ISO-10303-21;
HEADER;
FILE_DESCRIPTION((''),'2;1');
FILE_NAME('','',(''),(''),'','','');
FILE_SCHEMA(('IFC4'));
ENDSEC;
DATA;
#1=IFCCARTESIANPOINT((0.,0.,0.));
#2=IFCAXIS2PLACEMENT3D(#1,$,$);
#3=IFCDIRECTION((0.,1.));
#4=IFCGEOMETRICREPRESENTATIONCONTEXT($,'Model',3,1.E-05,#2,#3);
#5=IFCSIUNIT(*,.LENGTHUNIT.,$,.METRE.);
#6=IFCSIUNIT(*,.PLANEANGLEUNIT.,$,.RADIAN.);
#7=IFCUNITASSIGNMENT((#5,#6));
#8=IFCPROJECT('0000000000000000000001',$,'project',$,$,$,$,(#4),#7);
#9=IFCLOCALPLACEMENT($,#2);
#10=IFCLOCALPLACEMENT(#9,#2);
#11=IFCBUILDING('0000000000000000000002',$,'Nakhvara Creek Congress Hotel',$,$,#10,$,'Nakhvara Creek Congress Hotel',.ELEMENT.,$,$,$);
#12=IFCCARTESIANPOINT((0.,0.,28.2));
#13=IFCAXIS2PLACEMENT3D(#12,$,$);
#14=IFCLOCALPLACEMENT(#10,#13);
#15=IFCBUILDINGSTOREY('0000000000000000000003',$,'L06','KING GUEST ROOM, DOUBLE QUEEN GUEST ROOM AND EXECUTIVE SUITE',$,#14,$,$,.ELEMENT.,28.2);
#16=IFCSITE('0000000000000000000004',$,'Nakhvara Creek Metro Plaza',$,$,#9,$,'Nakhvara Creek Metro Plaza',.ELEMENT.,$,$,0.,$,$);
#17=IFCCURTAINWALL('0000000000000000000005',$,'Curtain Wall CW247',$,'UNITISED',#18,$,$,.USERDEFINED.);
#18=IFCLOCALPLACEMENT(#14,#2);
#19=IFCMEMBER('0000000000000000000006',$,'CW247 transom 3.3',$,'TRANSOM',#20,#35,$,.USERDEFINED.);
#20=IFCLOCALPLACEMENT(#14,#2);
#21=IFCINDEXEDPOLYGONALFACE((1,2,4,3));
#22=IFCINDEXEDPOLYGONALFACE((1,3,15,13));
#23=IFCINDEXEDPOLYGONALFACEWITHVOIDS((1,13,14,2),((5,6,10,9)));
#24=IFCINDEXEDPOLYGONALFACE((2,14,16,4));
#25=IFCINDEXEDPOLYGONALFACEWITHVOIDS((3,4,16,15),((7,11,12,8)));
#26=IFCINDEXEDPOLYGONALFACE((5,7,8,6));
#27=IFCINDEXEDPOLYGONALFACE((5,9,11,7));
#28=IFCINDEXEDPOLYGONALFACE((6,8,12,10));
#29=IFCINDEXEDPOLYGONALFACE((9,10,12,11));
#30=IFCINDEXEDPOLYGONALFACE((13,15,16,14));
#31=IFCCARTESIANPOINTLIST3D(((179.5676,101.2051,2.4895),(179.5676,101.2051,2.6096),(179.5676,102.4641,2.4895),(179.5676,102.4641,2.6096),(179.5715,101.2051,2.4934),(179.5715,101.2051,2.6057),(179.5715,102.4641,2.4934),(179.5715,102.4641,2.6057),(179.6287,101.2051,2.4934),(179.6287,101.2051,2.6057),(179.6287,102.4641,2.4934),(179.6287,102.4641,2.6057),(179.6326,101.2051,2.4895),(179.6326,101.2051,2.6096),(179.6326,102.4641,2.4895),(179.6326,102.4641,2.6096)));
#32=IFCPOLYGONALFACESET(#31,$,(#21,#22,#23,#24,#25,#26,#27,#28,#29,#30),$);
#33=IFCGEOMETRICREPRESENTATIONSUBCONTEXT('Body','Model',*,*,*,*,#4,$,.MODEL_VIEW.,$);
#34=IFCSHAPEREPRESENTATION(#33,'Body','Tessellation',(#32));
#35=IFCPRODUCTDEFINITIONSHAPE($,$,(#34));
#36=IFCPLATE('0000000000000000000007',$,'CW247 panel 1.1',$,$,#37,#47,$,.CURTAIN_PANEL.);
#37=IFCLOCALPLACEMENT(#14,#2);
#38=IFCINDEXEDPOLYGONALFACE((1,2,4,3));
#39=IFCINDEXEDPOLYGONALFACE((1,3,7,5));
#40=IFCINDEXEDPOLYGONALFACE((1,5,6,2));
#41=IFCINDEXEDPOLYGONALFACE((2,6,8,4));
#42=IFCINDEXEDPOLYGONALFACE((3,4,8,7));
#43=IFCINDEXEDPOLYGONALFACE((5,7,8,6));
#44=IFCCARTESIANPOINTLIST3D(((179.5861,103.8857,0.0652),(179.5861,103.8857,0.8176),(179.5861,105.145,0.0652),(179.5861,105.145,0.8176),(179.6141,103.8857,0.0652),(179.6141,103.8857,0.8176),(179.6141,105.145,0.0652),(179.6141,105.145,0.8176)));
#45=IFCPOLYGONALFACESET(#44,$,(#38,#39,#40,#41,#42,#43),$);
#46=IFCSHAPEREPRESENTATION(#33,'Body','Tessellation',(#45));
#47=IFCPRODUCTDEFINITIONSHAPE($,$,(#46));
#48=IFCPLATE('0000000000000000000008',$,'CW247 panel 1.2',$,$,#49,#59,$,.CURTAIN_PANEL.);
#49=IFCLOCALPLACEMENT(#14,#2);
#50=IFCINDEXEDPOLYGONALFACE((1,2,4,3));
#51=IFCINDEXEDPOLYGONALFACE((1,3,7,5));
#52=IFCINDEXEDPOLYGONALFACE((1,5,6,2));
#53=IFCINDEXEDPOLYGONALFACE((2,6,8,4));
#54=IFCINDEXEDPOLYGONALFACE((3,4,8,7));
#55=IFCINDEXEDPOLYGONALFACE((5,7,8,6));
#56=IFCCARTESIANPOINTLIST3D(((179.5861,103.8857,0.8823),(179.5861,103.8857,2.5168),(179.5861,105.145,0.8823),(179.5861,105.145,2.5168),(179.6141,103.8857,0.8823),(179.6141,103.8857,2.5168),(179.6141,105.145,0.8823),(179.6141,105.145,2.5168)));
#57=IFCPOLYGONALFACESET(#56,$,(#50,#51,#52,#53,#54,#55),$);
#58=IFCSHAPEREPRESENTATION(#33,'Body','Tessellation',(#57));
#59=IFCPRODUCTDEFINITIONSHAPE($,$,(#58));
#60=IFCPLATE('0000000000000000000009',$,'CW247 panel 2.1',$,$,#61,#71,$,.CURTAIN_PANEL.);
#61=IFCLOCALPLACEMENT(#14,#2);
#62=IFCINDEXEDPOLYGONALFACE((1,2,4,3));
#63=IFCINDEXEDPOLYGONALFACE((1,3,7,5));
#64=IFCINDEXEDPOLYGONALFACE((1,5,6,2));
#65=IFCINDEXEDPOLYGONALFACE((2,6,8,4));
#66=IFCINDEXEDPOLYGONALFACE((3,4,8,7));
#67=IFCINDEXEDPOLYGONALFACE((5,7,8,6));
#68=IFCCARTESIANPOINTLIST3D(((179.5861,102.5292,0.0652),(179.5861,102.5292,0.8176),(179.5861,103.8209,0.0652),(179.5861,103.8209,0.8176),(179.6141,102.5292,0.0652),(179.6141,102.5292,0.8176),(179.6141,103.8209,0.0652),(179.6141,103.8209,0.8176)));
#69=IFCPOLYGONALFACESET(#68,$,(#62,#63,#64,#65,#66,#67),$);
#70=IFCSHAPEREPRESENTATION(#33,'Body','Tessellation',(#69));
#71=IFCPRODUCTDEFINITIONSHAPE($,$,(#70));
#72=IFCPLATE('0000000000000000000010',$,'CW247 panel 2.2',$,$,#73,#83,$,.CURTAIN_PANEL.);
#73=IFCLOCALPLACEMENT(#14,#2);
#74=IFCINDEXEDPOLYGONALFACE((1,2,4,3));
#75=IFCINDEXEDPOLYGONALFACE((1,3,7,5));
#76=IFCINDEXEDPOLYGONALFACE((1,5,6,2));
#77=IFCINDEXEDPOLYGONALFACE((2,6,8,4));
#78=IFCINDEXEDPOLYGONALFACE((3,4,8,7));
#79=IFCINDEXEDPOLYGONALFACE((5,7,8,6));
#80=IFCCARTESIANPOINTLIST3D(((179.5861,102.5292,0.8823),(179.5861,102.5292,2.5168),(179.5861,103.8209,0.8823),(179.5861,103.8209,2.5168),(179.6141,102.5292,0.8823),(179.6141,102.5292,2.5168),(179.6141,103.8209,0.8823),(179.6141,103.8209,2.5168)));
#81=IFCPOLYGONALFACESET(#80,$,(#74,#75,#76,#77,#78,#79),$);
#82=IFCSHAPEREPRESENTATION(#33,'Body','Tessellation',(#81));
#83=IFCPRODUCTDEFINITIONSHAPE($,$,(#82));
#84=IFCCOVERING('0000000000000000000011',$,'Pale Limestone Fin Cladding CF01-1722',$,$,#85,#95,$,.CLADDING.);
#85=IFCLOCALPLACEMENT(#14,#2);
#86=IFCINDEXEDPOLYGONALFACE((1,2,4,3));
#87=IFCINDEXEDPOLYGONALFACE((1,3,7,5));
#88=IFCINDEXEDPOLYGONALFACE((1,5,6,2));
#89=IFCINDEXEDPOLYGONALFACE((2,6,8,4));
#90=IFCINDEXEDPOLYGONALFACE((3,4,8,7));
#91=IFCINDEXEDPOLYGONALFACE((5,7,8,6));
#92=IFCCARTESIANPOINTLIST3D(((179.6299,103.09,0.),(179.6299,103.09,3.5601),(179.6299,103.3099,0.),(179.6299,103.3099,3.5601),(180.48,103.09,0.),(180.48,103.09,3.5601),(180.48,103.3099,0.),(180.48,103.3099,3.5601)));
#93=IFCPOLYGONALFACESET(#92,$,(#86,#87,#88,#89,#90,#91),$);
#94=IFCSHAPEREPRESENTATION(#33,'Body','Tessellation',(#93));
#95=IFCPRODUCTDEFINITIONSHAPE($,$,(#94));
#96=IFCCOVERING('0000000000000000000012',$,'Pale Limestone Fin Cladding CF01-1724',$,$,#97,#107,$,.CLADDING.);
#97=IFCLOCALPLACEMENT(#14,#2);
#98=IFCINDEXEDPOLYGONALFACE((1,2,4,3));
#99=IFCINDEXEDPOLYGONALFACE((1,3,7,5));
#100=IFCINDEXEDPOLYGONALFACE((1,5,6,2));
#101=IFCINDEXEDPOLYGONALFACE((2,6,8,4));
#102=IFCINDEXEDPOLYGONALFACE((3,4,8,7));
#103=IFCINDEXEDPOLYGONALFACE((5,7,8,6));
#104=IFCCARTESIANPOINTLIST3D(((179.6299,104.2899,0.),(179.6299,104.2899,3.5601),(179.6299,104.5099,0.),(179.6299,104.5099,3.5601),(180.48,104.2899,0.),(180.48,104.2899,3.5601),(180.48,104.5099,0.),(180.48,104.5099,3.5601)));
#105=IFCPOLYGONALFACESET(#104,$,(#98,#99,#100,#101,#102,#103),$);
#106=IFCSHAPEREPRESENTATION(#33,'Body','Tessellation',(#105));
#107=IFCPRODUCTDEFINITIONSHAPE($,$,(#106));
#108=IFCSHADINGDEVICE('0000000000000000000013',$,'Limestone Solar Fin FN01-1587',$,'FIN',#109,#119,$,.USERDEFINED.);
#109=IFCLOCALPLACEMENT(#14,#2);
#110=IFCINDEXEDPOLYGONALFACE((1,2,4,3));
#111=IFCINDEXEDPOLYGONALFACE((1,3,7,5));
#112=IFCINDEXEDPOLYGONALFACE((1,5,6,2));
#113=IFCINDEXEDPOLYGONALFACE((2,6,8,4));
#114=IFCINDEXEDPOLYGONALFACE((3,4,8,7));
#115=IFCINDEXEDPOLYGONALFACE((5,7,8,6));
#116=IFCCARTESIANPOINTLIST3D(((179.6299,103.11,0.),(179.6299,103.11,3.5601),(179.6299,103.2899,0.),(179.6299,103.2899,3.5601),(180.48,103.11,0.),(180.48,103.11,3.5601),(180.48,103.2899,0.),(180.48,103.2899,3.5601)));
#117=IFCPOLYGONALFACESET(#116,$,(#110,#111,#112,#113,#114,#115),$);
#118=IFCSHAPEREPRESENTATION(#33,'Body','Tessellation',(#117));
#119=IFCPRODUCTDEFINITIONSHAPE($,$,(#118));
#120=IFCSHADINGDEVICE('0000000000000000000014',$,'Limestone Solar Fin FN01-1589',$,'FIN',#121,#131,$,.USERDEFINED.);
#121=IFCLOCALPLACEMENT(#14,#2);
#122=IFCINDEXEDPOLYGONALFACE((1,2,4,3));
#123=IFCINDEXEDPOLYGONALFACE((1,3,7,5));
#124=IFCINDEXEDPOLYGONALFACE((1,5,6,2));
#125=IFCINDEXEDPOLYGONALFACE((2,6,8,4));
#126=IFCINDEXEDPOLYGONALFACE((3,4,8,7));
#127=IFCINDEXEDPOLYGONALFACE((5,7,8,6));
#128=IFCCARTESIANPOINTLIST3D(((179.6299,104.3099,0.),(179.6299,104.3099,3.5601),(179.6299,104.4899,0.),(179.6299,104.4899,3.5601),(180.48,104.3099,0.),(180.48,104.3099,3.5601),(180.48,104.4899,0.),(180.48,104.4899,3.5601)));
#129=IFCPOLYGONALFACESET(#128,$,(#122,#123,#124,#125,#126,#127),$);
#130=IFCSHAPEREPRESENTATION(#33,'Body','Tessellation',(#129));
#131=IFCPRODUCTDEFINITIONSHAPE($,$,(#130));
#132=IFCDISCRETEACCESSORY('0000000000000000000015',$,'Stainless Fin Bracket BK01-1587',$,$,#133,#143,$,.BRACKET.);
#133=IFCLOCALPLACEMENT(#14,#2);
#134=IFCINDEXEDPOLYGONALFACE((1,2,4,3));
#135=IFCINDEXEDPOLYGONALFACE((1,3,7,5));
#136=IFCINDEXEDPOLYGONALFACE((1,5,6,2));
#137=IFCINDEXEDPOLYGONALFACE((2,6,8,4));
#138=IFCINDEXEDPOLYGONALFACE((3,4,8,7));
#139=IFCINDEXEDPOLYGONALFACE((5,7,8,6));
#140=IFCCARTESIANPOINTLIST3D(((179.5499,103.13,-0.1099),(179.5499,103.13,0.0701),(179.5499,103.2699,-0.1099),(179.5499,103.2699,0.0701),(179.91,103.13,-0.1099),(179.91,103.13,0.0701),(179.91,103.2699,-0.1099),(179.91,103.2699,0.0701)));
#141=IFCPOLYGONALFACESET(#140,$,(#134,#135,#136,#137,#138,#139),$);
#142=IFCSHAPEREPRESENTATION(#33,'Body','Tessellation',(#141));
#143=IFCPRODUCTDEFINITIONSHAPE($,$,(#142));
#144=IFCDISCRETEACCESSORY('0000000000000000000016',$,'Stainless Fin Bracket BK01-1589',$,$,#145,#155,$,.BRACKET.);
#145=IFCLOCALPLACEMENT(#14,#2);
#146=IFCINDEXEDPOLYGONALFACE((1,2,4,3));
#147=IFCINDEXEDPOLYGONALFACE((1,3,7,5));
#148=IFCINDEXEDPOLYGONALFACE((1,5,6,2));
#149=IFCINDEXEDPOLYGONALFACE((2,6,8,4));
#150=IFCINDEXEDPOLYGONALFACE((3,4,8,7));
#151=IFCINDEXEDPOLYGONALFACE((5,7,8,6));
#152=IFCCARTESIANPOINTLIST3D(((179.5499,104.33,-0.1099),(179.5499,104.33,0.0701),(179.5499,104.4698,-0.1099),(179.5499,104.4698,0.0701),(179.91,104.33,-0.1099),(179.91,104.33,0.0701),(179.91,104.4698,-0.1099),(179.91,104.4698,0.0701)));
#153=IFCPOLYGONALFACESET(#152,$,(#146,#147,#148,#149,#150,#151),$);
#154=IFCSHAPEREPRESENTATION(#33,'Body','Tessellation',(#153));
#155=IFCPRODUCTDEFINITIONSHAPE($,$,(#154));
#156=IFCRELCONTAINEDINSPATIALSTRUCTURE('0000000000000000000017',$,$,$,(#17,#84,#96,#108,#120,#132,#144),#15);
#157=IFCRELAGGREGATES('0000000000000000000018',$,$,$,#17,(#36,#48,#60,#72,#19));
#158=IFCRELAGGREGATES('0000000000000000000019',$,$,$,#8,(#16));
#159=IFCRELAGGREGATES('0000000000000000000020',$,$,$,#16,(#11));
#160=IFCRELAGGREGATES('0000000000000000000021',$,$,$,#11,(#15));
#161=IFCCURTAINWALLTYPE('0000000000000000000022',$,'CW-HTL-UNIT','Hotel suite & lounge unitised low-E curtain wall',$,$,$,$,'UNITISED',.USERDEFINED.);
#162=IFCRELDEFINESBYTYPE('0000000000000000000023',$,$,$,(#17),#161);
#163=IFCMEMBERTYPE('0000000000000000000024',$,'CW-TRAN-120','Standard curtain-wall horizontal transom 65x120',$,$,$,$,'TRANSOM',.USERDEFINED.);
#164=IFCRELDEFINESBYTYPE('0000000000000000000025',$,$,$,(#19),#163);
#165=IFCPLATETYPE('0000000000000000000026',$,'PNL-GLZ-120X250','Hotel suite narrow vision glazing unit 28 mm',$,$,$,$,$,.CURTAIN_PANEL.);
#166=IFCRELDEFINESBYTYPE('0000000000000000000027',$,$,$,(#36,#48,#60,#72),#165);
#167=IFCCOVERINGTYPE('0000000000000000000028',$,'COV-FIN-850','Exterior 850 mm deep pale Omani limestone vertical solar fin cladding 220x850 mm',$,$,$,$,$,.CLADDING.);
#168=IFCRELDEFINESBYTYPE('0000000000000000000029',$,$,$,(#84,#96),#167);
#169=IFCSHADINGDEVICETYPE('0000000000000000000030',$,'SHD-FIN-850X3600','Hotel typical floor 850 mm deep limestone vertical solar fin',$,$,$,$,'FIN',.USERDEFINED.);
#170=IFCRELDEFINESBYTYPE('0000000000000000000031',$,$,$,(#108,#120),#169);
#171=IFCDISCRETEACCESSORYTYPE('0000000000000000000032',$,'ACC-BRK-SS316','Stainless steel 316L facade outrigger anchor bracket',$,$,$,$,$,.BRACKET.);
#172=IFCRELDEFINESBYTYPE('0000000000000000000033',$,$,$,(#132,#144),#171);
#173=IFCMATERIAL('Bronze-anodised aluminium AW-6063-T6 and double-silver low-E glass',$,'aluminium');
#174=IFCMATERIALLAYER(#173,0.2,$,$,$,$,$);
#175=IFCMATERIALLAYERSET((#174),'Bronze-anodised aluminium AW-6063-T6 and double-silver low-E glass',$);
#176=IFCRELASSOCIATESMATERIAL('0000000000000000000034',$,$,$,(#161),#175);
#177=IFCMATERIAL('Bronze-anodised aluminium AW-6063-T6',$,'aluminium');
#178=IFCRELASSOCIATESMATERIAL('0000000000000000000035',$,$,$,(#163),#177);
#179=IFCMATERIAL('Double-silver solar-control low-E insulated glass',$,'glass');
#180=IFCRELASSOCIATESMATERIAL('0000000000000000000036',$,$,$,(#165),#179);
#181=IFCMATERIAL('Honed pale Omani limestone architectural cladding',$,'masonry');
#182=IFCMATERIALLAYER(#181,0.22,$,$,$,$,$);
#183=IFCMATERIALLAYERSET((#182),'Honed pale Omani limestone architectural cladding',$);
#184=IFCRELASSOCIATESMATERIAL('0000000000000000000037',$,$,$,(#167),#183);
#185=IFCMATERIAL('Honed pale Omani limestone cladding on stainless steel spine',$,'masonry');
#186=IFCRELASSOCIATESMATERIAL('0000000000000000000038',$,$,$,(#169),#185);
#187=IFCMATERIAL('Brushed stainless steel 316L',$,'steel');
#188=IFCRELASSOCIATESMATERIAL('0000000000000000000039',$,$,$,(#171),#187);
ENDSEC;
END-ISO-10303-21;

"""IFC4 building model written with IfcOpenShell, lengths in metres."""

from ifc_helpers import new_model, si_unit, direction, frame, origin, origin_2d, place, context, subcontext, project, spatial, rectangle, hollow_rectangle, extrude, material, layer, layer_set, material_profile, profile_set, type_object, element, aggregate, save


model = new_model("IFC4")

# Units and contexts
model_context = context("Model", 3, precision=1e-05, world=origin(), true_north=direction((0.0, 1.0)))
body_context = subcontext(model_context, "Body", "Model", "MODEL_VIEW")
ifc_project = project(units=[si_unit("LENGTHUNIT", "METRE"), si_unit("PLANEANGLEUNIT", "RADIAN")], contexts=[model_context])

# Site, building, storey
site_placement = place(None, origin())
site = spatial("IfcSite", under=ifc_project, at=site_placement, Name="Nakhvara Creek Metro Plaza", LongName="Nakhvara Creek Metro Plaza", CompositionType="ELEMENT", RefElevation=0.0)
building_placement = place(site_placement, origin())
building = spatial("IfcBuilding", under=site, at=building_placement, Name="Nakhvara Creek Congress Hotel", LongName="Nakhvara Creek Congress Hotel", CompositionType="ELEMENT")
storey_placement = place(building_placement, frame((0.0, 0.0, 28.2)))
storey = spatial("IfcBuildingStorey", under=building, at=storey_placement, Name="L06", Description="KING GUEST ROOM, DOUBLE QUEEN GUEST ROOM AND EXECUTIVE SUITE", CompositionType="ELEMENT", Elevation=28.2)

# Curtain wall, member, plates
ifc_material_1 = material(Name="Bronze-anodised aluminium AW-6063-T6 and double-silver low-E glass", Category="aluminium")
ifc_layer_1 = layer(ifc_material_1, 0.2)
ifc_layer_set_1 = layer_set([ifc_layer_1], Name="Bronze-anodised aluminium AW-6063-T6 and double-silver low-E glass")
curtain_wall_type = type_object("IfcCurtainWallType", Name="CW-HTL-UNIT", Description="Hotel suite & lounge unitised low-E curtain wall", ElementType="UNITISED", PredefinedType="USERDEFINED", material=ifc_layer_set_1)
curtain_wall_placement = place(storey_placement, origin())
curtain_wall = element("IfcCurtainWall", 1, at=curtain_wall_placement, inside=storey, type_object=curtain_wall_type, Name="Curtain Wall CW247", ObjectType="UNITISED", PredefinedType="USERDEFINED")
ifc_material_2 = material(Name="Bronze-anodised aluminium AW-6063-T6", Category="aluminium")
ifc_material_profile_1 = material_profile(ifc_material_2, hollow_rectangle(XDim=0.0649, YDim=0.1201, WallThickness=0.0039, at=origin_2d()), Name="ALU-TRAN 65x120x4", Category="LoadBearing")
ifc_profile_set_1 = profile_set([ifc_material_profile_1], Name="Bronze-anodised aluminium AW-6063-T6")
member_type_1 = type_object("IfcMemberType", Name="CW-TRAN-120", Description="Standard curtain-wall horizontal transom 65x120", ElementType="TRANSOM", PredefinedType="USERDEFINED", material=ifc_profile_set_1)
member_1_placement = place(storey_placement, frame((179.6001, 102.4641, 2.5496), z_axis=(0.0, -1.0, 0.0), x_axis=(1.0, 0.0, 0.0)))
member_1 = element("IfcMember", 2, at=member_1_placement, type_object=member_type_1, Name="CW247 transom 3.3", ObjectType="TRANSOM", PredefinedType="USERDEFINED", context=body_context, shape_type="SweptSolid", body=[
    extrude(hollow_rectangle(XDim=0.0649, YDim=0.1201, WallThickness=0.0039, at=origin_2d()), origin(), (0.0, 0.0, 1.0), 1.259),
])
ifc_material_3 = material(Name="Double-silver solar-control low-E insulated glass", Category="glass")
plate_type = type_object("IfcPlateType", Name="PNL-GLZ-120X250", Description="Hotel suite narrow vision glazing unit 28 mm", PredefinedType="CURTAIN_PANEL", material=ifc_material_3)
plate_1_placement = place(storey_placement, frame((179.6001, 104.5154, 0.0652), z_axis=(0.0, 0.0, 1.0), x_axis=(0.0, -1.0, 0.0)))
plate_1 = element("IfcPlate", 3, at=plate_1_placement, type_object=plate_type, Name="CW247 panel 1.1", PredefinedType="CURTAIN_PANEL", context=body_context, shape_type="SweptSolid", body=[
    extrude(rectangle(XDim=1.2593, YDim=0.0281, at=origin_2d()), origin(), (0.0, 0.0, 1.0), 0.7524),
])
plate_2_placement = place(storey_placement, frame((179.6001, 104.5154, 0.8823), z_axis=(0.0, 0.0, 1.0), x_axis=(0.0, -1.0, 0.0)))
plate_2 = element("IfcPlate", 4, at=plate_2_placement, type_object=plate_type, Name="CW247 panel 1.2", PredefinedType="CURTAIN_PANEL", context=body_context, shape_type="SweptSolid", body=[
    extrude(rectangle(XDim=1.2593, YDim=0.0281, at=origin_2d()), origin(), (0.0, 0.0, 1.0), 1.6345),
])
plate_3_placement = place(storey_placement, frame((179.6001, 103.175, 0.0652), z_axis=(0.0, 0.0, 1.0), x_axis=(0.0, -1.0, 0.0)))
plate_3 = element("IfcPlate", 5, at=plate_3_placement, type_object=plate_type, Name="CW247 panel 2.1", PredefinedType="CURTAIN_PANEL", context=body_context, shape_type="SweptSolid", body=[
    extrude(rectangle(XDim=1.2917, YDim=0.0281, at=origin_2d()), origin(), (0.0, 0.0, 1.0), 0.7524),
])
plate_4_placement = place(storey_placement, frame((179.6001, 103.175, 0.8823), z_axis=(0.0, 0.0, 1.0), x_axis=(0.0, -1.0, 0.0)))
plate_4 = element("IfcPlate", 6, at=plate_4_placement, type_object=plate_type, Name="CW247 panel 2.2", PredefinedType="CURTAIN_PANEL", context=body_context, shape_type="SweptSolid", body=[
    extrude(rectangle(XDim=1.2917, YDim=0.0281, at=origin_2d()), origin(), (0.0, 0.0, 1.0), 1.6345),
])
aggregate(curtain_wall, [plate_1, plate_2, plate_3, plate_4, member_1])

# Coverings
ifc_material_4 = material(Name="Honed pale Omani limestone architectural cladding", Category="masonry")
ifc_layer_2 = layer(ifc_material_4, 0.22)
ifc_layer_set_2 = layer_set([ifc_layer_2], Name="Honed pale Omani limestone architectural cladding")
covering_type = type_object("IfcCoveringType", Name="COV-FIN-850", Description="Exterior 850 mm deep pale Omani limestone vertical solar fin cladding 220x850 mm", PredefinedType="CLADDING", material=ifc_layer_set_2)
for number, where, z_axis, x_axis, name in (
    (7, (180.0549, 103.2, 0.0), (0.0, 0.0, 1.0), (0.0, 1.0, 0.0), "Pale Limestone Fin Cladding CF01-1722"),
    (8, (180.0549, 104.3999, 0.0), (0.0, 0.0, 1.0), (0.0, 1.0, 0.0), "Pale Limestone Fin Cladding CF01-1724"),
):
    element("IfcCovering", number, at=place(storey_placement, frame(where, z_axis=z_axis, x_axis=x_axis)), inside=storey, type_object=covering_type, Name=name, PredefinedType="CLADDING", context=body_context, shape_type="SweptSolid", body=[
        extrude(rectangle(XDim=0.22, YDim=0.8501, at=origin_2d()), origin(), (0.0, 0.0, 1.0), 3.5601),
    ])

# Shading devices
ifc_material_5 = material(Name="Honed pale Omani limestone cladding on stainless steel spine", Category="masonry")
shading_device_type = type_object("IfcShadingDeviceType", Name="SHD-FIN-850X3600", Description="Hotel typical floor 850 mm deep limestone vertical solar fin", ElementType="FIN", PredefinedType="USERDEFINED", material=ifc_material_5)
for number, where, z_axis, x_axis, name in (
    (9, (180.0549, 103.2, 0.0), (0.0, 0.0, 1.0), (0.0, 1.0, 0.0), "Limestone Solar Fin FN01-1587"),
    (10, (180.0549, 104.3999, 0.0), (0.0, 0.0, 1.0), (0.0, 1.0, 0.0), "Limestone Solar Fin FN01-1589"),
):
    element("IfcShadingDevice", number, at=place(storey_placement, frame(where, z_axis=z_axis, x_axis=x_axis)), inside=storey, type_object=shading_device_type, Name=name, ObjectType="FIN", PredefinedType="USERDEFINED", context=body_context, shape_type="SweptSolid", body=[
        extrude(rectangle(XDim=0.1799, YDim=0.8501, at=origin_2d()), origin(), (0.0, 0.0, 1.0), 3.5601),
    ])

# Discrete accessories
ifc_material_6 = material(Name="Brushed stainless steel 316L", Category="steel")
discrete_accessory_type = type_object("IfcDiscreteAccessoryType", Name="ACC-BRK-SS316", Description="Stainless steel 316L facade outrigger anchor bracket", PredefinedType="BRACKET", material=ifc_material_6)
for number, where, z_axis, x_axis, name in (
    (11, (179.73, 103.2, -0.1099), (0.0, 0.0, 1.0), (0.0, 1.0, 0.0), "Stainless Fin Bracket BK01-1587"),
    (12, (179.73, 104.3999, -0.1099), (0.0, 0.0, 1.0), (0.0, 1.0, 0.0), "Stainless Fin Bracket BK01-1589"),
):
    element("IfcDiscreteAccessory", number, at=place(storey_placement, frame(where, z_axis=z_axis, x_axis=x_axis)), inside=storey, type_object=discrete_accessory_type, Name=name, PredefinedType="BRACKET", context=body_context, shape_type="SweptSolid", body=[
        extrude(rectangle(XDim=0.1399, YDim=0.3601, at=origin_2d()), origin(), (0.0, 0.0, 1.0), 0.1799),
    ])

save(model, "model.ifc")
